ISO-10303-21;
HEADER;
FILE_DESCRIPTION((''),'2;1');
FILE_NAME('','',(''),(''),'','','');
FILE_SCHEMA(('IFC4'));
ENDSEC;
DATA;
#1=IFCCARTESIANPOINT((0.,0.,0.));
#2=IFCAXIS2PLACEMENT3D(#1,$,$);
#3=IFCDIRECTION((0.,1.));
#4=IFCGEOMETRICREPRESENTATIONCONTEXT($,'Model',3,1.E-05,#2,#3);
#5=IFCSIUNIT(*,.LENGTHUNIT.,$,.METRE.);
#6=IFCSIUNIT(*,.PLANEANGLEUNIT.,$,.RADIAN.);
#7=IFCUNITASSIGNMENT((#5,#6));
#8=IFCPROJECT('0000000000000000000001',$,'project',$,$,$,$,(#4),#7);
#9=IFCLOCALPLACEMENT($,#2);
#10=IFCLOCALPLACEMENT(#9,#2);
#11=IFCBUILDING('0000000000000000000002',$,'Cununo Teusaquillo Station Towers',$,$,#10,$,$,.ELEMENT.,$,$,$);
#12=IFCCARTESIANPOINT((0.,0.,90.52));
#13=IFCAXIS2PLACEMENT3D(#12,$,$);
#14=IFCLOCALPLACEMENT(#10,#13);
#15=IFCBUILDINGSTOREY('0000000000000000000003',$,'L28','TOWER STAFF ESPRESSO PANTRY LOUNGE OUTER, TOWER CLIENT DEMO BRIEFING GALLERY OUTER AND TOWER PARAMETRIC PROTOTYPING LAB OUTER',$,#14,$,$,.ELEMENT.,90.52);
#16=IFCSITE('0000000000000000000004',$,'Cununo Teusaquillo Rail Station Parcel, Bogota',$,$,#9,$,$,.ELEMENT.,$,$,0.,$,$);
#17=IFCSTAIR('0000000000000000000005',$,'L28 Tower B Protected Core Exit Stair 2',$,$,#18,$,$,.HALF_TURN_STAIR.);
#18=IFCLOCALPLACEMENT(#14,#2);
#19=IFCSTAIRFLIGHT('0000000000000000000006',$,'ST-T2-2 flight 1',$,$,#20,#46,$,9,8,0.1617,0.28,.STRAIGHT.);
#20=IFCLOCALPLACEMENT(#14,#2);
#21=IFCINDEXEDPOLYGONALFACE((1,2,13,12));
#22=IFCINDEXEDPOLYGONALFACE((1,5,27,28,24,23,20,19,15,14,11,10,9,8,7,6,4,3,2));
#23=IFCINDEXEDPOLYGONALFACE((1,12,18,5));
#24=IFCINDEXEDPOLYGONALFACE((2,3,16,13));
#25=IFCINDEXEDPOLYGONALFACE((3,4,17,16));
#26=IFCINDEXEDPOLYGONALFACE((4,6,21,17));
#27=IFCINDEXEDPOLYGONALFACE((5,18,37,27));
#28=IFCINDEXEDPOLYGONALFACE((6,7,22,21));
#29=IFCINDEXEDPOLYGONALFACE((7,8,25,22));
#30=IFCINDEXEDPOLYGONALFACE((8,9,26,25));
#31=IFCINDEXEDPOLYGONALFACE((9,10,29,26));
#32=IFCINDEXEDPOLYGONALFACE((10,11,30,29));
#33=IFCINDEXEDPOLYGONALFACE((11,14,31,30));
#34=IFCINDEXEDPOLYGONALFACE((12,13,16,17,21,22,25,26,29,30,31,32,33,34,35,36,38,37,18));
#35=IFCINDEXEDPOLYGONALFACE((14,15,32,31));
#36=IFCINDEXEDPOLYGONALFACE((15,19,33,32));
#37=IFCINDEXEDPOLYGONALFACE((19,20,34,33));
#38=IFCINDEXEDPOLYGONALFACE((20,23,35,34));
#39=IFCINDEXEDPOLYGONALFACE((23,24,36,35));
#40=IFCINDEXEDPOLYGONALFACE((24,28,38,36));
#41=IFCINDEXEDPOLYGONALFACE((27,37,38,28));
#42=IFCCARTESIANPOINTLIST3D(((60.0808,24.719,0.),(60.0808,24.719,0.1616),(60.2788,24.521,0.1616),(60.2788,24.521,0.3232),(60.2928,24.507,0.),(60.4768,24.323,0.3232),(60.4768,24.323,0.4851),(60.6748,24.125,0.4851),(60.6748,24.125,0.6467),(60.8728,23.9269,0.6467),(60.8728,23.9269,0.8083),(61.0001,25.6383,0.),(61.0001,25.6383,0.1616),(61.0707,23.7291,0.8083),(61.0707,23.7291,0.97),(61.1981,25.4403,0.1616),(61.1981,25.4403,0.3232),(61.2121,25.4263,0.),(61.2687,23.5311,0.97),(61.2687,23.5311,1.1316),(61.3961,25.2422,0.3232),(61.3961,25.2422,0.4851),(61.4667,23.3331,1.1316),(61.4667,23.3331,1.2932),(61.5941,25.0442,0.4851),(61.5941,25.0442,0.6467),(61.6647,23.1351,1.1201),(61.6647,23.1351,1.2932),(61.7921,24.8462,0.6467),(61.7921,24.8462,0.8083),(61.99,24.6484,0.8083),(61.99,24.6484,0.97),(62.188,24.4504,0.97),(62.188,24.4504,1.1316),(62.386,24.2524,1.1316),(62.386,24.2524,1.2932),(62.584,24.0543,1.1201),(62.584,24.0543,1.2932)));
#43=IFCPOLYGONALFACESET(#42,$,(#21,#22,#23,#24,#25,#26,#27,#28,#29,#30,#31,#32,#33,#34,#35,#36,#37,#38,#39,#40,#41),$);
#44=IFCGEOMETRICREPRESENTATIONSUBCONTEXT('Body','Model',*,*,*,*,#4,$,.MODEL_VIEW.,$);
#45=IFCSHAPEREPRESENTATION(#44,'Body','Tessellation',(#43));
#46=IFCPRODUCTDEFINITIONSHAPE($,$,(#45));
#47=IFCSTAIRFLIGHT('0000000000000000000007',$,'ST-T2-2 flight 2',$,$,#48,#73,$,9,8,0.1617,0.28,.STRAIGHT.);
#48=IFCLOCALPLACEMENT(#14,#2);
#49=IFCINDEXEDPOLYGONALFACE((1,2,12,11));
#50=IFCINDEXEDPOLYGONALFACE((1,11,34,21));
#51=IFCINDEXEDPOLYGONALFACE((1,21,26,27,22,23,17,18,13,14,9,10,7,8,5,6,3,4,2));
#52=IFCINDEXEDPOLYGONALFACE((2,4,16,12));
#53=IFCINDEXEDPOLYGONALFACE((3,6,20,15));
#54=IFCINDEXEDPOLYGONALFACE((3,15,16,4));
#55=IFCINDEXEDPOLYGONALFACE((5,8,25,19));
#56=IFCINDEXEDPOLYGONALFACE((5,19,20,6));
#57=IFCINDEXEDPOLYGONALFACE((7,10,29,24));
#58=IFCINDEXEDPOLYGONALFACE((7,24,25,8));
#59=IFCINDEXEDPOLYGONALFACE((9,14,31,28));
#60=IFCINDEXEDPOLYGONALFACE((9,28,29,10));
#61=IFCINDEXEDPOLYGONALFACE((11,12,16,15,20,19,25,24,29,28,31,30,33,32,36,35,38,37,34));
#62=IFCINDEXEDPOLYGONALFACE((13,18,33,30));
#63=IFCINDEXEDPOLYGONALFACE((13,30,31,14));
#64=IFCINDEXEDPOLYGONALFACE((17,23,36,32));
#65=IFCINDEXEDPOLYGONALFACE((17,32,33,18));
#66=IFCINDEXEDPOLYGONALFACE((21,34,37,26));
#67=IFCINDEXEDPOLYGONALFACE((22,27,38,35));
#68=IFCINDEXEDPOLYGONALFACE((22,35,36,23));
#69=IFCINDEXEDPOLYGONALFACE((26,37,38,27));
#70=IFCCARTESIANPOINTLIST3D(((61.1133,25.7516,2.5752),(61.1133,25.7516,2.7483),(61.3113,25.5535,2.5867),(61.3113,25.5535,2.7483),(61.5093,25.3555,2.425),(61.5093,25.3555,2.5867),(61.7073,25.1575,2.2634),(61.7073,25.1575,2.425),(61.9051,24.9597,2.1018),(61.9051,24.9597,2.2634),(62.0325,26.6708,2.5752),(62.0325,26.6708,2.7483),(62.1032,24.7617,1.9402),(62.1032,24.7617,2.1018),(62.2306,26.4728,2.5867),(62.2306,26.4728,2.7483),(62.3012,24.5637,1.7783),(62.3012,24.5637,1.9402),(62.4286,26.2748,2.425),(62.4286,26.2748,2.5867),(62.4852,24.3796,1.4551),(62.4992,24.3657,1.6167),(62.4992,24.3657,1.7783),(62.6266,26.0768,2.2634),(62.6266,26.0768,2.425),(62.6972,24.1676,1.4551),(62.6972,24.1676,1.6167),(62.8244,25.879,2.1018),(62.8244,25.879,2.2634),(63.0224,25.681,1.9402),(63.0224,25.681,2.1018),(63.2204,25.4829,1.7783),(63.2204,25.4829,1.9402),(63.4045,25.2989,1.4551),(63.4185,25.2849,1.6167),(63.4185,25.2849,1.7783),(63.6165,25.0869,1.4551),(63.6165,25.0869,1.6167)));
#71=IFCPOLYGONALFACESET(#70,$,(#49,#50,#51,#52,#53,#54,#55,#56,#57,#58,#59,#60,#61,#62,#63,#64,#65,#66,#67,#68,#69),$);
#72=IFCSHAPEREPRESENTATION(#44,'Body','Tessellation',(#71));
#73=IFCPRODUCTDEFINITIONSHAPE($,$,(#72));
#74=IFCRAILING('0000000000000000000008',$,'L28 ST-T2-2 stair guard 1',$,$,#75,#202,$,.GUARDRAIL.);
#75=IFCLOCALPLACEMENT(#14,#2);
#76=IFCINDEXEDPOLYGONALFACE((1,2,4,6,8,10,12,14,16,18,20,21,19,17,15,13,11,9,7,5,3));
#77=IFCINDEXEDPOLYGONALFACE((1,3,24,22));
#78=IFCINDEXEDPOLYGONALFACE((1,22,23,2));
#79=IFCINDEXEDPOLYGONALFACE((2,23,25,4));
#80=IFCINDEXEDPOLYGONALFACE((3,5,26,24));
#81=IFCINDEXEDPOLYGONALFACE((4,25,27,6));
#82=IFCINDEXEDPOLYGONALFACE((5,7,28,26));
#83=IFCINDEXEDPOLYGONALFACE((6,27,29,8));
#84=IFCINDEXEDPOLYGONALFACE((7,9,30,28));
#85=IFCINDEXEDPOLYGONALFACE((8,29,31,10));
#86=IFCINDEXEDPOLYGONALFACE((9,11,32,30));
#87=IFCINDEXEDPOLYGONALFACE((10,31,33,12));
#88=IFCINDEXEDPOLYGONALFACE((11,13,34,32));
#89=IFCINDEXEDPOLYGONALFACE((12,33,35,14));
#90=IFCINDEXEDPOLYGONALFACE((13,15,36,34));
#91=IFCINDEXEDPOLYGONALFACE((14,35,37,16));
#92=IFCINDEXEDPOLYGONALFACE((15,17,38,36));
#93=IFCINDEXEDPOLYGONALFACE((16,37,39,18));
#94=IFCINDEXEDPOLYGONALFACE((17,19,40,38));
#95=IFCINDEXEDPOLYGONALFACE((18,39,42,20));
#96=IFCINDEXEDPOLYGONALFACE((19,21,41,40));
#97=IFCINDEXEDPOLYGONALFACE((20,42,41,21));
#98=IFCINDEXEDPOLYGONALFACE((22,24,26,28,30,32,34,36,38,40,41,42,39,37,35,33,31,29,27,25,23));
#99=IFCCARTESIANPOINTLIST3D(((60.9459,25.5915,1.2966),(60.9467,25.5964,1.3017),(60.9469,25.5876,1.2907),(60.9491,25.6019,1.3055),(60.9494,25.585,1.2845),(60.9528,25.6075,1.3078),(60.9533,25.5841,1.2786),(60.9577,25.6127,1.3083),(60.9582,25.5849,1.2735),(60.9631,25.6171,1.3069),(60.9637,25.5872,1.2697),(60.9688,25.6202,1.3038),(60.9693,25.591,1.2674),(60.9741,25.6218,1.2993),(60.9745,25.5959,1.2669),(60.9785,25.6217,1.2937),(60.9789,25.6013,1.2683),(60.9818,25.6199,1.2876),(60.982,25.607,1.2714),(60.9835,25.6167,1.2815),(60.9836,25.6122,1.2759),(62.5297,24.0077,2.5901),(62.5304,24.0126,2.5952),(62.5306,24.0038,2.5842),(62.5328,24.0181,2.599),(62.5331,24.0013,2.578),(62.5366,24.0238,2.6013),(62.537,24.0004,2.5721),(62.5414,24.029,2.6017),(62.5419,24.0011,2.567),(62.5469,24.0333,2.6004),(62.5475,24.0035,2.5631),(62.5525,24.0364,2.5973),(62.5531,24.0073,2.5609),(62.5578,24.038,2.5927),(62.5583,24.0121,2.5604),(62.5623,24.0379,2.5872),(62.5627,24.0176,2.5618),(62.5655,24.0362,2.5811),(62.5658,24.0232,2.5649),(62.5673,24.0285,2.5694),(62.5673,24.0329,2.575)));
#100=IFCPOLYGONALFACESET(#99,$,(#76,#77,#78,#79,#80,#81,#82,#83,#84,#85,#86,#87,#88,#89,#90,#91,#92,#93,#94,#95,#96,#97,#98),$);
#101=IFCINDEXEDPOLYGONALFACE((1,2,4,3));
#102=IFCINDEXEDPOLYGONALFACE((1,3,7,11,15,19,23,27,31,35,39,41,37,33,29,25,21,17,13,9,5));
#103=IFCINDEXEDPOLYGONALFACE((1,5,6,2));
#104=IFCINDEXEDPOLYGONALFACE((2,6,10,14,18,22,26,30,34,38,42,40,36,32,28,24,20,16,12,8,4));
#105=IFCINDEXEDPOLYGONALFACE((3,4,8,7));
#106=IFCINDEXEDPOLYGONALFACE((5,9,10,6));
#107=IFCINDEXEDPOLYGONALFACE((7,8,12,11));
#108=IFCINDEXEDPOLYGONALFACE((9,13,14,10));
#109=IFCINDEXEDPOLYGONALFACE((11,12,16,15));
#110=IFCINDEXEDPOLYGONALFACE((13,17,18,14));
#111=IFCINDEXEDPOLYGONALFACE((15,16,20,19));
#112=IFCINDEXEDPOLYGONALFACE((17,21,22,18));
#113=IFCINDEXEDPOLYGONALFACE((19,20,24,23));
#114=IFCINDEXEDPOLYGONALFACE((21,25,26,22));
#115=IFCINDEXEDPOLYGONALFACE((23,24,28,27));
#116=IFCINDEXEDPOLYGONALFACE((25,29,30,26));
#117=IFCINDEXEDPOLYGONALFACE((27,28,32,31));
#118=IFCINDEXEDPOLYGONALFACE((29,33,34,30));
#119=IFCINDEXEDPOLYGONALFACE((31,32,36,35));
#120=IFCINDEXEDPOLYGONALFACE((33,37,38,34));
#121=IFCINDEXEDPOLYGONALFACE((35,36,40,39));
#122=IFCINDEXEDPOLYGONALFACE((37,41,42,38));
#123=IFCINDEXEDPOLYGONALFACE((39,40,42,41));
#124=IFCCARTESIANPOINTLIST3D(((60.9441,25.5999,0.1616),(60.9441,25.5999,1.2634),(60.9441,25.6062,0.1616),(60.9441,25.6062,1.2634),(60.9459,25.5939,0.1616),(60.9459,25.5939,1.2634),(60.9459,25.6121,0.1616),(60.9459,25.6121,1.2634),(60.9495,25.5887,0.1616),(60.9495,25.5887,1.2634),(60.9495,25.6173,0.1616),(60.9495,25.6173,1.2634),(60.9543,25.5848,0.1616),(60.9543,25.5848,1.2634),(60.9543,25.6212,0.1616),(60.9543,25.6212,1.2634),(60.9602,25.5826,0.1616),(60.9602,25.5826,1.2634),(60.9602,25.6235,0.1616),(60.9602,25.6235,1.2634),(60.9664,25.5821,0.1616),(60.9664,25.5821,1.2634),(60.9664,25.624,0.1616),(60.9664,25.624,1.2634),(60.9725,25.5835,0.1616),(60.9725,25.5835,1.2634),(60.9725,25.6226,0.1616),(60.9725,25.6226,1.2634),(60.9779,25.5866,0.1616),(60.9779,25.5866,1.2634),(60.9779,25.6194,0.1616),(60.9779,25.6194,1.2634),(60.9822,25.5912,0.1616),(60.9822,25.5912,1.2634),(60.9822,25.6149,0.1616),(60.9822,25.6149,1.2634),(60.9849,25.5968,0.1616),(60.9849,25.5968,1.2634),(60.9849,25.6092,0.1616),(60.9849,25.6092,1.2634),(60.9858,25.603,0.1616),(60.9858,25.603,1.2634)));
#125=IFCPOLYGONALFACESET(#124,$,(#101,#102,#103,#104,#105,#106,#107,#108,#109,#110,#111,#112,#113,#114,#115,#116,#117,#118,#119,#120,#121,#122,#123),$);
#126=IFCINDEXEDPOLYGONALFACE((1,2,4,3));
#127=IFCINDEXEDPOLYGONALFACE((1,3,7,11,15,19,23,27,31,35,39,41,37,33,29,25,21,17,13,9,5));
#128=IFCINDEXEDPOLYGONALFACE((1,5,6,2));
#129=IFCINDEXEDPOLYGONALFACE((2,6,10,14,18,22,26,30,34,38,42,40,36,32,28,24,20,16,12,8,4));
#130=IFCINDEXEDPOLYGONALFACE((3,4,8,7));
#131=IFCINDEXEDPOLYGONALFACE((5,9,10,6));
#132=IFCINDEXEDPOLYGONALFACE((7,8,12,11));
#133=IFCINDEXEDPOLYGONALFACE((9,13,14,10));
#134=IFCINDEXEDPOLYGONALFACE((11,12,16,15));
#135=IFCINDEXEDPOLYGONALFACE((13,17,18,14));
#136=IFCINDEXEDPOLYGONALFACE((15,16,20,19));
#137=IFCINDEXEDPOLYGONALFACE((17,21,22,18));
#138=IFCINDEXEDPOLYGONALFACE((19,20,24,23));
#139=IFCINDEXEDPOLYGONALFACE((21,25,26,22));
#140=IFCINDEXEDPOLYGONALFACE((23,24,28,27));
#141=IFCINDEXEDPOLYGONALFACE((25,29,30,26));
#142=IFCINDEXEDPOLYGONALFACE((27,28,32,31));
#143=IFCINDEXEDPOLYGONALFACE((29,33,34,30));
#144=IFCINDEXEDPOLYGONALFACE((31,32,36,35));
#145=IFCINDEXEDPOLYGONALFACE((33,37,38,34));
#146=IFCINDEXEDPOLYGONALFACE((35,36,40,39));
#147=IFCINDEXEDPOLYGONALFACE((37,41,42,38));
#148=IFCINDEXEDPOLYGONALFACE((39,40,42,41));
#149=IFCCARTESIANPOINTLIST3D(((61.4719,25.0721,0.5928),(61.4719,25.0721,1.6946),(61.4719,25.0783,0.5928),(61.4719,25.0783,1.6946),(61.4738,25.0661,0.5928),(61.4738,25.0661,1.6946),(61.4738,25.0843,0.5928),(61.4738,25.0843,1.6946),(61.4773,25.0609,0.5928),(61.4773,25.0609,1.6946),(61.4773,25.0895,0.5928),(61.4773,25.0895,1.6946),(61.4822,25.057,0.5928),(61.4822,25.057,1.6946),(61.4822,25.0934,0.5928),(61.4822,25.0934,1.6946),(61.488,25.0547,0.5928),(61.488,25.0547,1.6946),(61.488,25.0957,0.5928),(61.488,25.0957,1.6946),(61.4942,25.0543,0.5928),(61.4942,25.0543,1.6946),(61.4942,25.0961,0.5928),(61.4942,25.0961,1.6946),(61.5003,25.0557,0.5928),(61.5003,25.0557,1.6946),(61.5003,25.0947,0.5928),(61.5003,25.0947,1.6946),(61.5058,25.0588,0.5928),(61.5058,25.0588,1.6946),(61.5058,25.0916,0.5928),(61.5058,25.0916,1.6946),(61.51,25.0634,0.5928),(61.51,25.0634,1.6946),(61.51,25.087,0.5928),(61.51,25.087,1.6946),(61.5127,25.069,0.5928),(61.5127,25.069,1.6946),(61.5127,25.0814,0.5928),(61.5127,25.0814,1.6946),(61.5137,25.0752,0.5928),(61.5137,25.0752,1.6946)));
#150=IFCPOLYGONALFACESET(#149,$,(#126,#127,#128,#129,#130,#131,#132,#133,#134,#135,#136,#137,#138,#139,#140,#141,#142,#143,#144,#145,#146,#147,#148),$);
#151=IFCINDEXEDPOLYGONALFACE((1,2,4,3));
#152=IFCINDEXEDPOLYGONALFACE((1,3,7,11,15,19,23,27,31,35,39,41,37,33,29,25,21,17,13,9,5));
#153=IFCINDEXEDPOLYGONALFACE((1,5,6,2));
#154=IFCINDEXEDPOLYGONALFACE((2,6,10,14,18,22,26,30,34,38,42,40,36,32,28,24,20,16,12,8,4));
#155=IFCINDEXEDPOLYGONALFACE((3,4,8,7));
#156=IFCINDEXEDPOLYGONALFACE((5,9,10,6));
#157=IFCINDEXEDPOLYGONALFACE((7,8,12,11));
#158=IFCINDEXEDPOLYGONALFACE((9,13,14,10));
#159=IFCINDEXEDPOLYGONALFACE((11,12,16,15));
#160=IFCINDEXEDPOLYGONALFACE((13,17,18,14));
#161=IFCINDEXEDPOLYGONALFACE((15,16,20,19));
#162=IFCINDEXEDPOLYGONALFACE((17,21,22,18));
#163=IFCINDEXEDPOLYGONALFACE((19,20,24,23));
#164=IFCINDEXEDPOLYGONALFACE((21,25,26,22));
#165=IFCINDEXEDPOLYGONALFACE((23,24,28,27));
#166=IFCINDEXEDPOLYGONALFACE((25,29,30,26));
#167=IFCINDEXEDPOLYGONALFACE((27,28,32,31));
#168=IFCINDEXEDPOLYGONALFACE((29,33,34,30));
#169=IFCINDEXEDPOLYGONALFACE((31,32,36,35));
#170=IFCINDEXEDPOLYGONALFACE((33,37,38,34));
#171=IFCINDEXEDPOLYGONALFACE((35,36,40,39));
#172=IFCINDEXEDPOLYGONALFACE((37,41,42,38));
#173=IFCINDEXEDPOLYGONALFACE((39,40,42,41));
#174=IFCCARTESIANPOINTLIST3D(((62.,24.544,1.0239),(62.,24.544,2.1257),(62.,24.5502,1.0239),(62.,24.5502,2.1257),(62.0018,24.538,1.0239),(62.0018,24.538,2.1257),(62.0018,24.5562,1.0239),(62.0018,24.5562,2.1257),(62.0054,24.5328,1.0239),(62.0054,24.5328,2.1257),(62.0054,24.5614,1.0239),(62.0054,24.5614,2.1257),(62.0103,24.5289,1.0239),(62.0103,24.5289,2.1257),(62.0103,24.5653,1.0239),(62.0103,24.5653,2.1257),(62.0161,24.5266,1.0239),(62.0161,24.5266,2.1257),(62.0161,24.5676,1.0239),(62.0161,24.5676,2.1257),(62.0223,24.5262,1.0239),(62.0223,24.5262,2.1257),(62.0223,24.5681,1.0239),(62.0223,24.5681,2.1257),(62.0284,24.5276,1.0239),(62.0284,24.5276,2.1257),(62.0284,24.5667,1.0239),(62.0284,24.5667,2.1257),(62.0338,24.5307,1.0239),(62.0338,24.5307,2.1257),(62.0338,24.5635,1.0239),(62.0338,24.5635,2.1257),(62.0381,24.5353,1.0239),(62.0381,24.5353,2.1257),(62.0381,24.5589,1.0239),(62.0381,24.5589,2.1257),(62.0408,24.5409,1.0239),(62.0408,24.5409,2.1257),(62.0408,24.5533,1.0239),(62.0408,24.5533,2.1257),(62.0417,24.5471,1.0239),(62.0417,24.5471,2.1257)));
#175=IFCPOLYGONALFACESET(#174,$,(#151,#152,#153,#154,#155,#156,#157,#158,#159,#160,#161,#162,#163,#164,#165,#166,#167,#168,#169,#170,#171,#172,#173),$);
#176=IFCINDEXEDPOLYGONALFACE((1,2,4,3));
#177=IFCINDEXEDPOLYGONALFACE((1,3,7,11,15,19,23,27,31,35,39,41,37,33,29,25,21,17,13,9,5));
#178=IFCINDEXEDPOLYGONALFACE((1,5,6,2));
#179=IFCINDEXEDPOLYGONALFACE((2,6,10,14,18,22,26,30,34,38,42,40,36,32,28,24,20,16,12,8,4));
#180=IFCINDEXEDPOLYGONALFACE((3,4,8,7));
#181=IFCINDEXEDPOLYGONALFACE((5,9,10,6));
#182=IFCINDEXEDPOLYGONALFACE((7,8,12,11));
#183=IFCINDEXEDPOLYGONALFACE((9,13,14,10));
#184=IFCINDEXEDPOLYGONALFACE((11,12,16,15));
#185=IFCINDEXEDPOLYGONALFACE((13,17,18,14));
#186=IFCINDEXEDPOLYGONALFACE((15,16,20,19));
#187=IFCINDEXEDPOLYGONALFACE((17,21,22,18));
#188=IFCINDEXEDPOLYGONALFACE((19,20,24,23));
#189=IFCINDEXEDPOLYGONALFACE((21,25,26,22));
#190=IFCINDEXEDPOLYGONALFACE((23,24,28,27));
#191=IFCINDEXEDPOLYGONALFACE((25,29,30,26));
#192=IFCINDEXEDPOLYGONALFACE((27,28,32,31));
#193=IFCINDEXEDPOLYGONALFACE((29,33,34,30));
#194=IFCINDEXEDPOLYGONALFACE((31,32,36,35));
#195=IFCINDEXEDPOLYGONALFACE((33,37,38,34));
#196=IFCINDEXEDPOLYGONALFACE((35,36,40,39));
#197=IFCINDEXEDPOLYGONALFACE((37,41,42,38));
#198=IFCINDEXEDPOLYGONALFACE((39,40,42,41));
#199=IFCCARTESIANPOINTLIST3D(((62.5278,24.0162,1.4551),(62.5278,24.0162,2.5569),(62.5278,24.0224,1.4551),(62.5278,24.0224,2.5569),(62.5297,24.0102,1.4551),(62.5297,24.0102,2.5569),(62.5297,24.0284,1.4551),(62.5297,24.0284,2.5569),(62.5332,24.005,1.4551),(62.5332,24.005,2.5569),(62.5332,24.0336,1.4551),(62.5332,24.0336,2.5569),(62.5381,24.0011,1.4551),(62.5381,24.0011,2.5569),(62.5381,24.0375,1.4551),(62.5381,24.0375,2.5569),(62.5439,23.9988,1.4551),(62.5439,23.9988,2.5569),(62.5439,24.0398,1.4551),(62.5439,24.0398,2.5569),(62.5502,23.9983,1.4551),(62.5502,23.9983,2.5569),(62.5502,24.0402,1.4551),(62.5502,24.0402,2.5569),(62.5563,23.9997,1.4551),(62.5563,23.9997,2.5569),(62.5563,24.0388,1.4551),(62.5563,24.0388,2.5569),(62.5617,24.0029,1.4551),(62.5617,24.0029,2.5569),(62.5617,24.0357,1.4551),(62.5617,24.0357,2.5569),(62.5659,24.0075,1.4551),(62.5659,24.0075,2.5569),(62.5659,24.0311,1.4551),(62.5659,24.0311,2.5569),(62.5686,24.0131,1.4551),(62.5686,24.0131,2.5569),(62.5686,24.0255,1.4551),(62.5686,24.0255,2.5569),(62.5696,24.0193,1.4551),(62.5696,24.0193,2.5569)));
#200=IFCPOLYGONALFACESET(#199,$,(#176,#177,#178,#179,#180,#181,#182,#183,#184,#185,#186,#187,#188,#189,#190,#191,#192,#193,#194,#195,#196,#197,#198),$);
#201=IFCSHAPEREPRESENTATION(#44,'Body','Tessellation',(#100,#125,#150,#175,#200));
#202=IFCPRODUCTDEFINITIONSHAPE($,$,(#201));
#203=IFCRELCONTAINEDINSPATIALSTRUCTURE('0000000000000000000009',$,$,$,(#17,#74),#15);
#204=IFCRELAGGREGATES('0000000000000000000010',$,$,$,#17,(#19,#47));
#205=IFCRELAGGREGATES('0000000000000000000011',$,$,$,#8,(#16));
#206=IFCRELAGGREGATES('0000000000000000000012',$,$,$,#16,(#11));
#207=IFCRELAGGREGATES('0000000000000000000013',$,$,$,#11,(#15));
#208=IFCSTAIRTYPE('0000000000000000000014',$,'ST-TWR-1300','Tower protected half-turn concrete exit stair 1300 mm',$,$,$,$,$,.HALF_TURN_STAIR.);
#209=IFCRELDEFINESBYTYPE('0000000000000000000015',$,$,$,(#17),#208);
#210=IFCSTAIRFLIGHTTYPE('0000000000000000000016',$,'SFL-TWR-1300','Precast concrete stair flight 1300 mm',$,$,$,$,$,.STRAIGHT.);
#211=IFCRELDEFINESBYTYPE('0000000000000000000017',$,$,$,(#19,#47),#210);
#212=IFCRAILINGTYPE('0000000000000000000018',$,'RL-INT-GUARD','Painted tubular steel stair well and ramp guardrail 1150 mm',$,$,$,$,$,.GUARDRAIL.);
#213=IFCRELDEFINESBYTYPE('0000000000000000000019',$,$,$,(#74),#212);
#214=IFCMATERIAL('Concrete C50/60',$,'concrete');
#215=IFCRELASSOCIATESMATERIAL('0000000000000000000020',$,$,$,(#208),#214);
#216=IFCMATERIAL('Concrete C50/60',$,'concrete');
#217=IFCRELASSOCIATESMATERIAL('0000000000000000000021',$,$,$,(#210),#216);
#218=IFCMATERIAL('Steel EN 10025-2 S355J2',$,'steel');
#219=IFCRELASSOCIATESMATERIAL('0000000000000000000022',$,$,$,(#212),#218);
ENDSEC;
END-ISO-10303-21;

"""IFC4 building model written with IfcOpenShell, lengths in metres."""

from ifc_helpers import new_model, si_unit, direction, frame, origin, origin_2d, place, context, subcontext, project, spatial, polyline, circle, outline, extrude, material, type_object, element, aggregate, save


model = new_model("IFC4")

# Units and contexts
model_context = context("Model", 3, precision=1e-05, world=origin(), true_north=direction((0.0, 1.0)))
body_context = subcontext(model_context, "Body", "Model", "MODEL_VIEW")
ifc_project = project(units=[si_unit("LENGTHUNIT", "METRE"), si_unit("PLANEANGLEUNIT", "RADIAN")], contexts=[model_context])

# Site, building, storey
site_placement = place(None, origin())
site = spatial("IfcSite", under=ifc_project, at=site_placement, Name="Cununo Teusaquillo Rail Station Parcel, Bogota", CompositionType="ELEMENT", RefElevation=0.0)
building_placement = place(site_placement, origin())
building = spatial("IfcBuilding", under=site, at=building_placement, Name="Cununo Teusaquillo Station Towers", CompositionType="ELEMENT")
storey_placement = place(building_placement, frame((0.0, 0.0, 90.52)))
storey = spatial("IfcBuildingStorey", under=building, at=storey_placement, Name="L28", Description="TOWER STAFF ESPRESSO PANTRY LOUNGE OUTER, TOWER CLIENT DEMO BRIEFING GALLERY OUTER AND TOWER PARAMETRIC PROTOTYPING LAB OUTER", CompositionType="ELEMENT", Elevation=90.52)

# Stair, stair flights
ifc_material_1 = material(Name="Concrete C50/60", Category="concrete")
stair_type = type_object("IfcStairType", Name="ST-TWR-1300", Description="Tower protected half-turn concrete exit stair 1300 mm", PredefinedType="HALF_TURN_STAIR", material=ifc_material_1)
stair_placement = place(storey_placement, origin())
stair = element("IfcStair", 1, at=stair_placement, inside=storey, type_object=stair_type, Name="L28 Tower B Protected Core Exit Stair 2", PredefinedType="HALF_TURN_STAIR")
ifc_material_2 = material(Name="Concrete C50/60", Category="concrete")
stair_flight_type = type_object("IfcStairFlightType", Name="SFL-TWR-1300", Description="Precast concrete stair flight 1300 mm", PredefinedType="STRAIGHT", material=ifc_material_2)
stair_flight_1_placement = place(storey_placement, frame((60.5405, 25.1787, 0.0), z_axis=(0.0, 0.0, 1.0), x_axis=(0.707107, -0.707107, 0.0)))
stair_flight_1 = element("IfcStairFlight", 2, at=stair_flight_1_placement, type_object=stair_flight_type, Name="ST-T2-2 flight 1", NumberOfRisers=9, NumberOfTreads=8, PredefinedType="STRAIGHT", RiserHeight=0.1617, TreadLength=0.28, context=body_context, shape_type="SweptSolid", body=[
    extrude(outline(polyline([(0.0, 0.0), (0.0, 0.1616), (0.28, 0.1616), (0.28, 0.3232), (0.5601, 0.3232), (0.5601, 0.4851), (0.8401, 0.4851), (0.8401, 0.6467), (1.1201, 0.6467), (1.1201, 0.8083), (1.3999, 0.8083), (1.3999, 0.97), (1.6799, 0.97), (1.6799, 1.1316), (1.96, 1.1316), (1.96, 1.2932), (2.24, 1.2932), (2.24, 1.4551), (2.24, 1.1201), (0.2998, 0.0), (0.0, 0.0)])), frame((0.0, 0.6499, 0.0), z_axis=(0.0, -1.0, 0.0), x_axis=(1.0, 0.0, 0.0)), (0.0, 0.0, 1.0), 1.3),
])
stair_flight_2_placement = place(storey_placement, frame((63.1567, 24.6272, 1.4551), z_axis=(0.0, 0.0, 1.0), x_axis=(-0.707107, 0.707107, 0.0)))
stair_flight_2 = element("IfcStairFlight", 3, at=stair_flight_2_placement, type_object=stair_flight_type, Name="ST-T2-2 flight 2", NumberOfRisers=9, NumberOfTreads=8, PredefinedType="STRAIGHT", RiserHeight=0.1617, TreadLength=0.28, context=body_context, shape_type="SweptSolid", body=[
    extrude(outline(polyline([(0.0, 0.0), (0.0, 0.1616), (0.28, 0.1616), (0.28, 0.3232), (0.5601, 0.3232), (0.5601, 0.4851), (0.8401, 0.4851), (0.8401, 0.6467), (1.1201, 0.6467), (1.1201, 0.8083), (1.3999, 0.8083), (1.3999, 0.97), (1.6799, 0.97), (1.6799, 1.1316), (1.96, 1.1316), (1.96, 1.2932), (2.24, 1.2932), (2.24, 1.4551), (2.24, 1.1201), (0.2998, 0.0), (0.0, 0.0)])), frame((0.0, 0.6499, 0.0), z_axis=(0.0, -1.0, 0.0), x_axis=(1.0, 0.0, 0.0)), (0.0, 0.0, 1.0), 1.3),
])
aggregate(stair, [stair_flight_1, stair_flight_2])

# Railing
ifc_material_3 = material(Name="Steel EN 10025-2 S355J2", Category="steel")
railing_type_1 = type_object("IfcRailingType", Name="RL-INT-GUARD", Description="Painted tubular steel stair well and ramp guardrail 1150 mm", PredefinedType="GUARDRAIL", material=ifc_material_3)
railing_1_placement = place(storey_placement, frame((60.9648, 25.603, 0.1616)))
element("IfcRailing", 4, at=railing_1_placement, inside=storey, type_object=railing_type_1, Name="L28 ST-T2-2 stair guard 1", PredefinedType="GUARDRAIL", context=body_context, shape_type="SweptSolid", body=[
    extrude(circle(Radius=0.0239, at=origin_2d()), frame((0.0, 0.0, 1.126), z_axis=(0.612332, -0.612332, 0.500098), x_axis=(0.707107, 0.707107, 0.0)), (0.0, 0.0, 1.0), 2.5864),
    extrude(circle(Radius=0.021, at=origin_2d()), origin(), (0.0, 0.0, 1.0), 1.1018),
    extrude(circle(Radius=0.021, at=origin_2d()), frame((0.5278, -0.5278, 0.4312)), (0.0, 0.0, 1.0), 1.1018),
    extrude(circle(Radius=0.021, at=origin_2d()), frame((1.0559, -1.0559, 0.8623)), (0.0, 0.0, 1.0), 1.1018),
    extrude(circle(Radius=0.021, at=origin_2d()), frame((1.5837, -1.5837, 1.2935)), (0.0, 0.0, 1.0), 1.1018),
])

save(model, "model.ifc")
